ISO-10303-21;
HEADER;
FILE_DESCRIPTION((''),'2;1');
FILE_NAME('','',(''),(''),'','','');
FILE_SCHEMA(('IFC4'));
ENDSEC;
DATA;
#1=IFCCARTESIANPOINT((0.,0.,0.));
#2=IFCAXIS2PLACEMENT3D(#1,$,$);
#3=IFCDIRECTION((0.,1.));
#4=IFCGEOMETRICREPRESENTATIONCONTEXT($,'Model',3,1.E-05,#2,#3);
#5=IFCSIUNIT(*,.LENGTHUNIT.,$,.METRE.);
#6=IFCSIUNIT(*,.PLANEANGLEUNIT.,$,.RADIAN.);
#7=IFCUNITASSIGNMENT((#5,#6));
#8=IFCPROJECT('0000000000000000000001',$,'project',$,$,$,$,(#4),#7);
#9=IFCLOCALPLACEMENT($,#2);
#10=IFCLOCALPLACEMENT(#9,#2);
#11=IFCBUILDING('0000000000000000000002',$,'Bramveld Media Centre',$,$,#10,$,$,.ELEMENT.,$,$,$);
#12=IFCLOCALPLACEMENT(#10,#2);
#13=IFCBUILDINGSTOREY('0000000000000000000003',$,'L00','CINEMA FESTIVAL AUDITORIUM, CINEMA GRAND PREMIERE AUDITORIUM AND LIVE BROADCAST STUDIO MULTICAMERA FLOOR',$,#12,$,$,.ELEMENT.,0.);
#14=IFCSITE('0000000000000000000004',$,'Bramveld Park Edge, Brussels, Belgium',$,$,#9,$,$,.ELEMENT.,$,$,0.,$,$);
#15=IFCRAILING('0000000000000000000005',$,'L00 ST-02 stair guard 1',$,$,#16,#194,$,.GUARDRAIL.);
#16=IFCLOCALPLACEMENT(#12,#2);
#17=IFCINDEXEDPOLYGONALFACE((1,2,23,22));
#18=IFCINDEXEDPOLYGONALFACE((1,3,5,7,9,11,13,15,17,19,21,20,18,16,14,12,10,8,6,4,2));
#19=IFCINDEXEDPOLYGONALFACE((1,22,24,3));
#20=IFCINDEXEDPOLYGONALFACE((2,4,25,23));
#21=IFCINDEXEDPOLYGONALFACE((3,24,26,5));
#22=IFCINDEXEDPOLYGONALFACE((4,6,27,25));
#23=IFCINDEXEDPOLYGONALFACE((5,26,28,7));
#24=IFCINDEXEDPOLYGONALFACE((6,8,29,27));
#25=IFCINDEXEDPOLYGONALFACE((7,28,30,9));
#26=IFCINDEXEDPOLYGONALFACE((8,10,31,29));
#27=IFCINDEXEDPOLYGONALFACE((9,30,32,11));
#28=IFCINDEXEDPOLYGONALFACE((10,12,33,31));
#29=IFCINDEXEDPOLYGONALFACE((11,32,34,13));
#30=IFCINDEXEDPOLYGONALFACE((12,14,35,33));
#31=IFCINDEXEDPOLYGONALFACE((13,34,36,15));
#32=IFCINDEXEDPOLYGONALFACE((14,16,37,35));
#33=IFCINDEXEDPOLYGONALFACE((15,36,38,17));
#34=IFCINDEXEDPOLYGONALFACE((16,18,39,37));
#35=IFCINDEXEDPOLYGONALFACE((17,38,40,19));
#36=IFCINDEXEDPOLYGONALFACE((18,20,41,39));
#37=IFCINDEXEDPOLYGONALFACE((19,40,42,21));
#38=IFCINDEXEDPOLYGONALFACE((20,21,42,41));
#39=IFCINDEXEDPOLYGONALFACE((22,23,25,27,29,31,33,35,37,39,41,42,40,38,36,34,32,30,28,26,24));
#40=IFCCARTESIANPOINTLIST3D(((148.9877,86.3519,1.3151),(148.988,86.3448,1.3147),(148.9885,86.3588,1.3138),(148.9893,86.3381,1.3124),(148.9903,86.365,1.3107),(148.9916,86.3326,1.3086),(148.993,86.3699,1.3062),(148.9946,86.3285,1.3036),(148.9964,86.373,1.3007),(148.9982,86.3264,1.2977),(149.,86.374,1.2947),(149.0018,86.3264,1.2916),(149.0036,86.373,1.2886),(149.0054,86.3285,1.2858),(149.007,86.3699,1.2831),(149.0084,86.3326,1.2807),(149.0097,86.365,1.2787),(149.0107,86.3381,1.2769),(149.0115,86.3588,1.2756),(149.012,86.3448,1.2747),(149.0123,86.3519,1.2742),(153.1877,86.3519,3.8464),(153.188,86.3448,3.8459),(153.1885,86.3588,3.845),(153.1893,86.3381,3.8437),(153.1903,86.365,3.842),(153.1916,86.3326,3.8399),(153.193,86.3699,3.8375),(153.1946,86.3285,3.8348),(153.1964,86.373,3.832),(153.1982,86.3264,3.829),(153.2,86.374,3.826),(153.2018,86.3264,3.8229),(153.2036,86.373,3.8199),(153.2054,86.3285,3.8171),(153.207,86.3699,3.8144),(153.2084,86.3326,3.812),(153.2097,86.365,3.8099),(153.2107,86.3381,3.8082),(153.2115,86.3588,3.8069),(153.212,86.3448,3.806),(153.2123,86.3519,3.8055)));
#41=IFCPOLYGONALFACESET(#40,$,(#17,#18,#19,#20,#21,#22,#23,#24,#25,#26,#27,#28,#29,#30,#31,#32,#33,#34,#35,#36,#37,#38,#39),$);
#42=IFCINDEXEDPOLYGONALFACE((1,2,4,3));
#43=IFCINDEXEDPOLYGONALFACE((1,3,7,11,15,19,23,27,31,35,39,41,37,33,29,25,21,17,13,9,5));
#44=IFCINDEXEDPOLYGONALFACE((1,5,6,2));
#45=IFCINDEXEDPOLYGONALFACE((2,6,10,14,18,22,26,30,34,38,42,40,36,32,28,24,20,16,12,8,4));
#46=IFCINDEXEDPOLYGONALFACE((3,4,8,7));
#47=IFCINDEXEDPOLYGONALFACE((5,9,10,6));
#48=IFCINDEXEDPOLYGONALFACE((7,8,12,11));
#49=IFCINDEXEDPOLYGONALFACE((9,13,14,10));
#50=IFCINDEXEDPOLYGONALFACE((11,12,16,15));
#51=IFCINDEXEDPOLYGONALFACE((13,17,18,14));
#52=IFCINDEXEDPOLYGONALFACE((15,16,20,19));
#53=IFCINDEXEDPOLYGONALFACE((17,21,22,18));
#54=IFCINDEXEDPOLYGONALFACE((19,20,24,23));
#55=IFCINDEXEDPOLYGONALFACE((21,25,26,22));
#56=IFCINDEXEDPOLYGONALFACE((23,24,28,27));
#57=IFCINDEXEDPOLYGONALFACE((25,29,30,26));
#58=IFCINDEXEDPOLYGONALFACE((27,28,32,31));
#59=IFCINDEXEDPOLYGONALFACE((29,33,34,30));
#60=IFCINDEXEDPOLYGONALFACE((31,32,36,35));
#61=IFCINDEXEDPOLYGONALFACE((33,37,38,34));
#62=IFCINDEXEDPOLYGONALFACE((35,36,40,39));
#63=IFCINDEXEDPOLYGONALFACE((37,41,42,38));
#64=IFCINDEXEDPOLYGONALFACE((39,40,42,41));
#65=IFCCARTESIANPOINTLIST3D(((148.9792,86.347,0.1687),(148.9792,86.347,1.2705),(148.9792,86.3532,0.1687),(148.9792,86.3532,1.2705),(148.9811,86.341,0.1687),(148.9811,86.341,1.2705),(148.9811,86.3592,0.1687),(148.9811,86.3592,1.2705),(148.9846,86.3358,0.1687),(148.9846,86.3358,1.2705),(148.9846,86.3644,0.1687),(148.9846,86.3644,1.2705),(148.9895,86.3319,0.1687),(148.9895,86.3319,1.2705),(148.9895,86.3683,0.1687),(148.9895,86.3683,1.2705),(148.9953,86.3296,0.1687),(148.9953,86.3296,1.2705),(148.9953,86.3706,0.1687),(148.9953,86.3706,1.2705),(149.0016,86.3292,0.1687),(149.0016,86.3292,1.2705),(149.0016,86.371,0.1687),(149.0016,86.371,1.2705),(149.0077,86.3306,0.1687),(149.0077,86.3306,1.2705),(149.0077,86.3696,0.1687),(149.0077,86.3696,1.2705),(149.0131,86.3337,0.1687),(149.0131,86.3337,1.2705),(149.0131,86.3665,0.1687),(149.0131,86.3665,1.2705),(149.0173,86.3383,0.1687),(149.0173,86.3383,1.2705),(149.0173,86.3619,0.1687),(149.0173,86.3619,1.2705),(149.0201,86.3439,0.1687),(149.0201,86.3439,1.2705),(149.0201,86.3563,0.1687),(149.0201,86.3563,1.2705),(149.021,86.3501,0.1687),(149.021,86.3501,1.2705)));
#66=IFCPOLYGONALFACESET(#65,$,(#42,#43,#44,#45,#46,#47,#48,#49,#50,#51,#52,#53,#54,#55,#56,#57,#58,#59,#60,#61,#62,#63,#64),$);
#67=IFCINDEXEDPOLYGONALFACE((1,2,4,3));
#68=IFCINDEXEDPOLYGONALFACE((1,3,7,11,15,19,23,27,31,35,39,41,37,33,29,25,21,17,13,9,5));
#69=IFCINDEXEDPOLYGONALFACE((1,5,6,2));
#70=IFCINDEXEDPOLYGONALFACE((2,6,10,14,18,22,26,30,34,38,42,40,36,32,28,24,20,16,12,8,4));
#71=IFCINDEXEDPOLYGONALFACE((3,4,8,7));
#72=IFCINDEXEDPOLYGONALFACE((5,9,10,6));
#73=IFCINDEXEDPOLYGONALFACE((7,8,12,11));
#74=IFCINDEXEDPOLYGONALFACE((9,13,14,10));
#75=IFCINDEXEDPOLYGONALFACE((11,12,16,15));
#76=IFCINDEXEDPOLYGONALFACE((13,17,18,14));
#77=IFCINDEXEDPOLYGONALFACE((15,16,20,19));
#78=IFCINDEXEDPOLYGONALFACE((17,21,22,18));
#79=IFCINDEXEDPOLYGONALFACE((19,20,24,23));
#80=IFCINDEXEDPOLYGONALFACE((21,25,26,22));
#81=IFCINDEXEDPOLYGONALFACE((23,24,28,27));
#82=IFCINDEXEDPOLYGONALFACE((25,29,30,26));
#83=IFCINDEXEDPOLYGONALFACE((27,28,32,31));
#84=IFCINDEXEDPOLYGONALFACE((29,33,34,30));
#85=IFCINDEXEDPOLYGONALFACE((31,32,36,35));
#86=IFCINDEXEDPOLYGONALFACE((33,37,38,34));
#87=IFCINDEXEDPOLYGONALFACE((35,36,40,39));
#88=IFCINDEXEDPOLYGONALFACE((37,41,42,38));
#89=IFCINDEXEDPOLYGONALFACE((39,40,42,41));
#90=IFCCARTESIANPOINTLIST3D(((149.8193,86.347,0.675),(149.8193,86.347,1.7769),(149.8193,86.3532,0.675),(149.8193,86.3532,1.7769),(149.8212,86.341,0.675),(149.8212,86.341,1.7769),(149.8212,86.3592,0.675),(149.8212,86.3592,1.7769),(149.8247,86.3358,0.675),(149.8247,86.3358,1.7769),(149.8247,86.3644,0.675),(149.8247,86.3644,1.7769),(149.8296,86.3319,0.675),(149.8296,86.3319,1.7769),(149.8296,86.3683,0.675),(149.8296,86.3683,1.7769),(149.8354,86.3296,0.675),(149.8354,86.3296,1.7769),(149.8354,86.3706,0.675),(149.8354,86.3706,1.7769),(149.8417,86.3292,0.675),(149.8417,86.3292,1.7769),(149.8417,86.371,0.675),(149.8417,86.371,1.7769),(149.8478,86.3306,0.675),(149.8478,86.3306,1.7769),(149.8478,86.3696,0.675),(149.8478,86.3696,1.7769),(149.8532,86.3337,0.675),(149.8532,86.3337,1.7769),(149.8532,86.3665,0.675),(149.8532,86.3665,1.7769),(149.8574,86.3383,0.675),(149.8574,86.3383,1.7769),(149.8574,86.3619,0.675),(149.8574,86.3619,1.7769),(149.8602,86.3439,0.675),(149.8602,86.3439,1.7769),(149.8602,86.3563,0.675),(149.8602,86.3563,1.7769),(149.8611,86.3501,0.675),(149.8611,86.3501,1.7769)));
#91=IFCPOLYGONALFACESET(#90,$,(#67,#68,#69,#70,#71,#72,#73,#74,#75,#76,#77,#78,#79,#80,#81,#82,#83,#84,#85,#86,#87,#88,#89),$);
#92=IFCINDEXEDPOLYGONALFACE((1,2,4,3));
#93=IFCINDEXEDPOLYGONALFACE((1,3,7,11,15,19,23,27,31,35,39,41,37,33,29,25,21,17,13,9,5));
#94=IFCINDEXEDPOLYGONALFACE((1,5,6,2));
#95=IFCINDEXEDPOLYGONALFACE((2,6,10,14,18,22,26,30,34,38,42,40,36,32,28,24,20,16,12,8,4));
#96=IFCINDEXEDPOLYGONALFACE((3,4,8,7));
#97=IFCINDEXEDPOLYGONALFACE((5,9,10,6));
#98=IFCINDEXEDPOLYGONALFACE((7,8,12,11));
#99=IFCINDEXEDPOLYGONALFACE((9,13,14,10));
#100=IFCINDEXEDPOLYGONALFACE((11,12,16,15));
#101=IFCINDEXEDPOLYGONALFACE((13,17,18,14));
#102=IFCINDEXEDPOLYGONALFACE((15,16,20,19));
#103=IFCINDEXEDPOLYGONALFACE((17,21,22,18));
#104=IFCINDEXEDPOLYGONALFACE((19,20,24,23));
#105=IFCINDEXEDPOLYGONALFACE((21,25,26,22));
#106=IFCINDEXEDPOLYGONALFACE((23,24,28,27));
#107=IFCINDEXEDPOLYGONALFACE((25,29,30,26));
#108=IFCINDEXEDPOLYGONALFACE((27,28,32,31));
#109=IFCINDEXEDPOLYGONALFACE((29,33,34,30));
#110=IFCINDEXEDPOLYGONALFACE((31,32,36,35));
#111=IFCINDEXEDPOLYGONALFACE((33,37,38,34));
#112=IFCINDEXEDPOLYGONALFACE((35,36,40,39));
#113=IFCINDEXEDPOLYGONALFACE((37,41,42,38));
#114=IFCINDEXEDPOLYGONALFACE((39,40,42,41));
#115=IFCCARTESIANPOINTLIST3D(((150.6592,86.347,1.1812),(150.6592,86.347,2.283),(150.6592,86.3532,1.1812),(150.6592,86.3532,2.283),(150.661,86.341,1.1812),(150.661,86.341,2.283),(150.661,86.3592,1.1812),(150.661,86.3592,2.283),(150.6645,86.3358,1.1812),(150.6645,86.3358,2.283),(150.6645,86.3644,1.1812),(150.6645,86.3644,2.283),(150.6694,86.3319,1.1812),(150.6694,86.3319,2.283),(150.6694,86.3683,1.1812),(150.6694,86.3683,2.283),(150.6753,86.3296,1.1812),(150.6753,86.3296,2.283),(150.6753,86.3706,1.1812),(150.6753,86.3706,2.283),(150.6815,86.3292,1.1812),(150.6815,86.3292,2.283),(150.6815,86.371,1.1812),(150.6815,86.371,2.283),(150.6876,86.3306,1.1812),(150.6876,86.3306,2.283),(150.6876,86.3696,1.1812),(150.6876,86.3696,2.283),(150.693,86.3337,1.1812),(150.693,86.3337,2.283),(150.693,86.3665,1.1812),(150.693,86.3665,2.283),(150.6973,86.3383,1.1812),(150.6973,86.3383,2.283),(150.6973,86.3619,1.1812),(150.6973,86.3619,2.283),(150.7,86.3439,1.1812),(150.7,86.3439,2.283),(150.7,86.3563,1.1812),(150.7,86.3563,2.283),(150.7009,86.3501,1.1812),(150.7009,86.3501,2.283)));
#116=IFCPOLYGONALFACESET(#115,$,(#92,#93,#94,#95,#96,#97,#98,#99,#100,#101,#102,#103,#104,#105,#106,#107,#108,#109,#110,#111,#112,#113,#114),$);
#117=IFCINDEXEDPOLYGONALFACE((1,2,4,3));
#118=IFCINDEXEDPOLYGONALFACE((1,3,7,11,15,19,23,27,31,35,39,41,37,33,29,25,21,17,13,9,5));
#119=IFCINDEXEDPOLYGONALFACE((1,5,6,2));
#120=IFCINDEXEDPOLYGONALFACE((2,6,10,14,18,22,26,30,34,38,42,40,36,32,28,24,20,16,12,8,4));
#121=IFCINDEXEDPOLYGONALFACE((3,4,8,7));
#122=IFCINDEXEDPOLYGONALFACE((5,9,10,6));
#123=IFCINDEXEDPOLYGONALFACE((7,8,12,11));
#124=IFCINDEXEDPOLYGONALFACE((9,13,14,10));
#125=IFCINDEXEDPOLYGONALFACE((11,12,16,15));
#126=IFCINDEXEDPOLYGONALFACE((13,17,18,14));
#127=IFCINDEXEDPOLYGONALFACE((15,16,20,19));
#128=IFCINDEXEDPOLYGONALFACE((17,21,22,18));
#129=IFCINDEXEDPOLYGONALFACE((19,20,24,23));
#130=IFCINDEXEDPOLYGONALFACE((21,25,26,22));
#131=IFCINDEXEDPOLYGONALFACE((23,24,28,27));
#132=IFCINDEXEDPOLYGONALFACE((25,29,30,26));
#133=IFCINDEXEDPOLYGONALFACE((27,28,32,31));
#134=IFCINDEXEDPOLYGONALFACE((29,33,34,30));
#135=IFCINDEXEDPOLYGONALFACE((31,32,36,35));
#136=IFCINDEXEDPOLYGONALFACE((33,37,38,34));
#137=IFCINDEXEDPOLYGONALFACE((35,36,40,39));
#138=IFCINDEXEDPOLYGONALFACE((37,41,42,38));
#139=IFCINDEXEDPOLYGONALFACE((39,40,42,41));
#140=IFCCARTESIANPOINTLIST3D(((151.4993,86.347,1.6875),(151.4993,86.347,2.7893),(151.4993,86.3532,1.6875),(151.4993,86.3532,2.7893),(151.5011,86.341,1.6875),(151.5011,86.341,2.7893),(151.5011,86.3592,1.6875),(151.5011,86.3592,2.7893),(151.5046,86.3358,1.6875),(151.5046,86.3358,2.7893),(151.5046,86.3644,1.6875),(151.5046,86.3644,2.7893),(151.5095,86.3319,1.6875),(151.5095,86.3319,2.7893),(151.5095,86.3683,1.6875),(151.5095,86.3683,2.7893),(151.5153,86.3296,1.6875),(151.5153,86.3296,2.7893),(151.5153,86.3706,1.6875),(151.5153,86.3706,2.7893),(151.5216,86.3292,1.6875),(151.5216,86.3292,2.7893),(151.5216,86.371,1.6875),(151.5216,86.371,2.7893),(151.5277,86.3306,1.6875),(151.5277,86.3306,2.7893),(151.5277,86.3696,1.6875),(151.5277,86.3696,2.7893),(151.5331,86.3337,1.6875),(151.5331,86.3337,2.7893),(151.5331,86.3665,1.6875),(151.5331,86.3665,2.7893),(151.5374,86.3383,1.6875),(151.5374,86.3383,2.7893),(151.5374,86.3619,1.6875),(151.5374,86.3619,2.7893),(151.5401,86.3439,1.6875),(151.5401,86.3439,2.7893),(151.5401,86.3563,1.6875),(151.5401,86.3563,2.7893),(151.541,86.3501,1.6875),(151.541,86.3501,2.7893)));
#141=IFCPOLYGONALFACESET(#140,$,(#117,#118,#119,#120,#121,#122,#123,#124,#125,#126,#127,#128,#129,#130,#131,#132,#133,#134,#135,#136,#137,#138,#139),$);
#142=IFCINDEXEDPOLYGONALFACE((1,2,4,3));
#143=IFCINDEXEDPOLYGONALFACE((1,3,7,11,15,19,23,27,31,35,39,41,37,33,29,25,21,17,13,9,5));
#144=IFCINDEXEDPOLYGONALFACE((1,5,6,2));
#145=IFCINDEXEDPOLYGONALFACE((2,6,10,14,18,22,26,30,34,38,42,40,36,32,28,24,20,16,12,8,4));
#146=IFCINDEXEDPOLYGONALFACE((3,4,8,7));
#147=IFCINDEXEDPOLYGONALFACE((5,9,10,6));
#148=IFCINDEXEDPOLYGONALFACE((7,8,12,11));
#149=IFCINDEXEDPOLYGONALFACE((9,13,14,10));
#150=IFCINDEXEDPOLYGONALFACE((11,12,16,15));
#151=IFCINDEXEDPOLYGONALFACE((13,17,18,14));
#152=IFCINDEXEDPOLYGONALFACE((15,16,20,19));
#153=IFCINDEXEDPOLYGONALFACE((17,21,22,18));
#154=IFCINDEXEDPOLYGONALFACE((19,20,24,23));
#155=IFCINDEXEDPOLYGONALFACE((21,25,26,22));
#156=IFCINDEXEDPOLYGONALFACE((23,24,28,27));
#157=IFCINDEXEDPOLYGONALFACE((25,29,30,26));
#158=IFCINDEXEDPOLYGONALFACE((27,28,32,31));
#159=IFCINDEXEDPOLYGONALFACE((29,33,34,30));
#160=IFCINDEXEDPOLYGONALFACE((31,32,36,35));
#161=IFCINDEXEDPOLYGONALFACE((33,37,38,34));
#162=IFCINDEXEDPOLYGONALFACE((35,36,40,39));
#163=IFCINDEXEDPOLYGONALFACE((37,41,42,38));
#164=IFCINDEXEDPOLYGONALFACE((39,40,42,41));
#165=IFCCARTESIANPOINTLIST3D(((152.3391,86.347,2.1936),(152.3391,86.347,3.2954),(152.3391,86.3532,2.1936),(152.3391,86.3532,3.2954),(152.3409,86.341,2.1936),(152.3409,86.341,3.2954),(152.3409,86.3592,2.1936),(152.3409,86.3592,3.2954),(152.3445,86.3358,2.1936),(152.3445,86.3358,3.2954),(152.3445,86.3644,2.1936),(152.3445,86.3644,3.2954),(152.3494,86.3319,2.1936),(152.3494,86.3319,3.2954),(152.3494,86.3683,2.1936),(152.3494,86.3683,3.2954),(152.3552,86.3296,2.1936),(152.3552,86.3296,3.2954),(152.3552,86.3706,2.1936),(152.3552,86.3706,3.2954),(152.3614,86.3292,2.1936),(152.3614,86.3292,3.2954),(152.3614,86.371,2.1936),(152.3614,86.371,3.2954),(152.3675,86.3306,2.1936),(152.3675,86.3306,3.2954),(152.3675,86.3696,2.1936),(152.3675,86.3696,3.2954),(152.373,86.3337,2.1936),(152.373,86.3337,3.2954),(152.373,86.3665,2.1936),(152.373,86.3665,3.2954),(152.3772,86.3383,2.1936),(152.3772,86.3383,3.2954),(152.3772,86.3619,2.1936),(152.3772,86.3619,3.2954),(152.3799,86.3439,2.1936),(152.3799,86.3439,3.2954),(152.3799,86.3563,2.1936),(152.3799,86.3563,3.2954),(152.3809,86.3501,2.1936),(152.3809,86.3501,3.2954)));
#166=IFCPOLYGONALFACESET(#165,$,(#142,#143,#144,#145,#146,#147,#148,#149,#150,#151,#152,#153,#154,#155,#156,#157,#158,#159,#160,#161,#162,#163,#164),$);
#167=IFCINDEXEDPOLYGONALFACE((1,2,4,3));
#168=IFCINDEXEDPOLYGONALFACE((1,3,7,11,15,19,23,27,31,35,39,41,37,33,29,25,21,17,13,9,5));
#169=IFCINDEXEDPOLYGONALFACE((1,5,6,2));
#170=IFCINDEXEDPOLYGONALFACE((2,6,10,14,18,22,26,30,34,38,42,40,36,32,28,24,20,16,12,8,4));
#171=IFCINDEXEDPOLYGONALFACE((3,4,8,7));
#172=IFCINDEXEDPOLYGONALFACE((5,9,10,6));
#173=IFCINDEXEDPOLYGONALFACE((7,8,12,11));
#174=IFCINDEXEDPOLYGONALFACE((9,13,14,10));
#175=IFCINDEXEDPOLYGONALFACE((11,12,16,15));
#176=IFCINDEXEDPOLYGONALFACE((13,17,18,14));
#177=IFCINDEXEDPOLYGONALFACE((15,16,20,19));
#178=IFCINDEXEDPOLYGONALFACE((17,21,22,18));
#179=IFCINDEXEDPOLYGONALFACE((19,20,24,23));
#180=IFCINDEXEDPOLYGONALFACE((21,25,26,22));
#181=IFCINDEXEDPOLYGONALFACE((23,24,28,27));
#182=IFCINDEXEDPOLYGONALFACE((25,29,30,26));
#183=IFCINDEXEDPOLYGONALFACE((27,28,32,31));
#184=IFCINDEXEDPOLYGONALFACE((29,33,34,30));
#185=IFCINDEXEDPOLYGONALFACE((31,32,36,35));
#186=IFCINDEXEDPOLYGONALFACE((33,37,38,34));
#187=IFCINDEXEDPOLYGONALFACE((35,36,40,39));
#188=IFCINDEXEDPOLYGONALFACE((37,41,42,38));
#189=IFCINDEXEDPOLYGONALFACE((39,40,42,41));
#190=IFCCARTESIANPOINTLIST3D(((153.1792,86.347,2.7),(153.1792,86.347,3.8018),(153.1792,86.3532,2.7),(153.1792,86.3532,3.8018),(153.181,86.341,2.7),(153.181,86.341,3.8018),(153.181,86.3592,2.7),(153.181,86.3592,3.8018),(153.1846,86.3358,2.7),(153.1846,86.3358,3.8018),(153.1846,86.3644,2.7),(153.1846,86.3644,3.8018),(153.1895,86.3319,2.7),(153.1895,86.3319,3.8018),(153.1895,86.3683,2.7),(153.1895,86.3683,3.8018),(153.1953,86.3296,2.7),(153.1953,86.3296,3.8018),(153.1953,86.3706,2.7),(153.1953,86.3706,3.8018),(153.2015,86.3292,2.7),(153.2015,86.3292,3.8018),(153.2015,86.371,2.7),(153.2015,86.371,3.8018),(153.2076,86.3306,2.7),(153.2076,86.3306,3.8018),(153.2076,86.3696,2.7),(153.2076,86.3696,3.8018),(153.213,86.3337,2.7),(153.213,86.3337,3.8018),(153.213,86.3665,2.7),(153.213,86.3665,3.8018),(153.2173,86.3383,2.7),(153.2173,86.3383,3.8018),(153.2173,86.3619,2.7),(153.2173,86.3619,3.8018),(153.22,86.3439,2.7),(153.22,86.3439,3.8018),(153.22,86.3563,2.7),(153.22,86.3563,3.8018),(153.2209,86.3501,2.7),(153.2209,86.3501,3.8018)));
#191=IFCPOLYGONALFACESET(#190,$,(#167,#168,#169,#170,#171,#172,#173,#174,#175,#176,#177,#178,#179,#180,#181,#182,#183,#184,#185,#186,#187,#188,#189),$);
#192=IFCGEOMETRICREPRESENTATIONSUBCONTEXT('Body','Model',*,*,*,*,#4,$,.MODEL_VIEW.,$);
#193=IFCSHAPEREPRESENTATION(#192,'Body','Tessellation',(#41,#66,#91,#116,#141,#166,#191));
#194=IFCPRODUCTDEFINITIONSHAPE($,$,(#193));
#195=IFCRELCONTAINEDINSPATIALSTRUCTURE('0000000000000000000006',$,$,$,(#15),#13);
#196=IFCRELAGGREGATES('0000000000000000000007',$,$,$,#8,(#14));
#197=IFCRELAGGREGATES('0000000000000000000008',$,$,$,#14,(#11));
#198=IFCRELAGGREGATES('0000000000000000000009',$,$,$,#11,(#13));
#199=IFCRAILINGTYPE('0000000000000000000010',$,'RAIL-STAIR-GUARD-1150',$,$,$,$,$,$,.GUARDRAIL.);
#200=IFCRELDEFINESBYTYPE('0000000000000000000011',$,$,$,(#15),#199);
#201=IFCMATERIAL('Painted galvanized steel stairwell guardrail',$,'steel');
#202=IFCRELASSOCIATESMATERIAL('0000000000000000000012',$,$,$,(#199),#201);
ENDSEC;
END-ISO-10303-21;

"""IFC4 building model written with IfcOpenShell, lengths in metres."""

from ifc_helpers import new_model, si_unit, direction, frame, origin, origin_2d, place, context, subcontext, project, spatial, circle, extrude, material, type_object, element, save


model = new_model("IFC4")

# Units and contexts
model_context = context("Model", 3, precision=1e-05, world=origin(), true_north=direction((0.0, 1.0)))
body_context = subcontext(model_context, "Body", "Model", "MODEL_VIEW")
ifc_project = project(units=[si_unit("LENGTHUNIT", "METRE"), si_unit("PLANEANGLEUNIT", "RADIAN")], contexts=[model_context])

# Site, building, storey
site_placement = place(None, origin())
site = spatial("IfcSite", under=ifc_project, at=site_placement, Name="Bramveld Park Edge, Brussels, Belgium", CompositionType="ELEMENT", RefElevation=0.0)
building_placement = place(site_placement, origin())
building = spatial("IfcBuilding", under=site, at=building_placement, Name="Bramveld Media Centre", CompositionType="ELEMENT")
storey_placement = place(building_placement, origin())
storey = spatial("IfcBuildingStorey", under=building, at=storey_placement, Name="L00", Description="CINEMA FESTIVAL AUDITORIUM, CINEMA GRAND PREMIERE AUDITORIUM AND LIVE BROADCAST STUDIO MULTICAMERA FLOOR", CompositionType="ELEMENT", Elevation=0.0)

# Railing
ifc_material_1 = material(Name="Painted galvanized steel stairwell guardrail", Category="steel")
railing_type_1 = type_object("IfcRailingType", Name="RAIL-STAIR-GUARD-1150", PredefinedType="GUARDRAIL", material=ifc_material_1)
railing_1_placement = place(storey_placement, frame((149.0, 86.3501, 0.1687)))
element("IfcRailing", 1, at=railing_1_placement, inside=storey, type_object=railing_type_1, Name="L00 ST-02 stair guard 1", PredefinedType="GUARDRAIL", context=body_context, shape_type="SweptSolid", body=[
    extrude(circle(Radius=0.0239, at=origin_2d()), frame((0.0, 0.0, 1.126), z_axis=(0.856476, 0.0, 0.516186), x_axis=(0.0, 1.0, 0.0)), (0.0, 0.0, 1.0), 4.9038),
    extrude(circle(Radius=0.021, at=origin_2d()), origin(), (0.0, 0.0, 1.0), 1.1018),
    extrude(circle(Radius=0.021, at=origin_2d()), frame((0.8401, 0.0, 0.5063)), (0.0, 0.0, 1.0), 1.1018),
    extrude(circle(Radius=0.021, at=origin_2d()), frame((1.6799, 0.0, 1.0125)), (0.0, 0.0, 1.0), 1.1018),
    extrude(circle(Radius=0.021, at=origin_2d()), frame((2.52, 0.0, 1.5188)), (0.0, 0.0, 1.0), 1.1018),
    extrude(circle(Radius=0.021, at=origin_2d()), frame((3.3599, 0.0, 2.0249)), (0.0, 0.0, 1.0), 1.1018),
    extrude(circle(Radius=0.021, at=origin_2d()), frame((4.2, 0.0, 2.5312)), (0.0, 0.0, 1.0), 1.1018),
])

save(model, "model.ifc")
